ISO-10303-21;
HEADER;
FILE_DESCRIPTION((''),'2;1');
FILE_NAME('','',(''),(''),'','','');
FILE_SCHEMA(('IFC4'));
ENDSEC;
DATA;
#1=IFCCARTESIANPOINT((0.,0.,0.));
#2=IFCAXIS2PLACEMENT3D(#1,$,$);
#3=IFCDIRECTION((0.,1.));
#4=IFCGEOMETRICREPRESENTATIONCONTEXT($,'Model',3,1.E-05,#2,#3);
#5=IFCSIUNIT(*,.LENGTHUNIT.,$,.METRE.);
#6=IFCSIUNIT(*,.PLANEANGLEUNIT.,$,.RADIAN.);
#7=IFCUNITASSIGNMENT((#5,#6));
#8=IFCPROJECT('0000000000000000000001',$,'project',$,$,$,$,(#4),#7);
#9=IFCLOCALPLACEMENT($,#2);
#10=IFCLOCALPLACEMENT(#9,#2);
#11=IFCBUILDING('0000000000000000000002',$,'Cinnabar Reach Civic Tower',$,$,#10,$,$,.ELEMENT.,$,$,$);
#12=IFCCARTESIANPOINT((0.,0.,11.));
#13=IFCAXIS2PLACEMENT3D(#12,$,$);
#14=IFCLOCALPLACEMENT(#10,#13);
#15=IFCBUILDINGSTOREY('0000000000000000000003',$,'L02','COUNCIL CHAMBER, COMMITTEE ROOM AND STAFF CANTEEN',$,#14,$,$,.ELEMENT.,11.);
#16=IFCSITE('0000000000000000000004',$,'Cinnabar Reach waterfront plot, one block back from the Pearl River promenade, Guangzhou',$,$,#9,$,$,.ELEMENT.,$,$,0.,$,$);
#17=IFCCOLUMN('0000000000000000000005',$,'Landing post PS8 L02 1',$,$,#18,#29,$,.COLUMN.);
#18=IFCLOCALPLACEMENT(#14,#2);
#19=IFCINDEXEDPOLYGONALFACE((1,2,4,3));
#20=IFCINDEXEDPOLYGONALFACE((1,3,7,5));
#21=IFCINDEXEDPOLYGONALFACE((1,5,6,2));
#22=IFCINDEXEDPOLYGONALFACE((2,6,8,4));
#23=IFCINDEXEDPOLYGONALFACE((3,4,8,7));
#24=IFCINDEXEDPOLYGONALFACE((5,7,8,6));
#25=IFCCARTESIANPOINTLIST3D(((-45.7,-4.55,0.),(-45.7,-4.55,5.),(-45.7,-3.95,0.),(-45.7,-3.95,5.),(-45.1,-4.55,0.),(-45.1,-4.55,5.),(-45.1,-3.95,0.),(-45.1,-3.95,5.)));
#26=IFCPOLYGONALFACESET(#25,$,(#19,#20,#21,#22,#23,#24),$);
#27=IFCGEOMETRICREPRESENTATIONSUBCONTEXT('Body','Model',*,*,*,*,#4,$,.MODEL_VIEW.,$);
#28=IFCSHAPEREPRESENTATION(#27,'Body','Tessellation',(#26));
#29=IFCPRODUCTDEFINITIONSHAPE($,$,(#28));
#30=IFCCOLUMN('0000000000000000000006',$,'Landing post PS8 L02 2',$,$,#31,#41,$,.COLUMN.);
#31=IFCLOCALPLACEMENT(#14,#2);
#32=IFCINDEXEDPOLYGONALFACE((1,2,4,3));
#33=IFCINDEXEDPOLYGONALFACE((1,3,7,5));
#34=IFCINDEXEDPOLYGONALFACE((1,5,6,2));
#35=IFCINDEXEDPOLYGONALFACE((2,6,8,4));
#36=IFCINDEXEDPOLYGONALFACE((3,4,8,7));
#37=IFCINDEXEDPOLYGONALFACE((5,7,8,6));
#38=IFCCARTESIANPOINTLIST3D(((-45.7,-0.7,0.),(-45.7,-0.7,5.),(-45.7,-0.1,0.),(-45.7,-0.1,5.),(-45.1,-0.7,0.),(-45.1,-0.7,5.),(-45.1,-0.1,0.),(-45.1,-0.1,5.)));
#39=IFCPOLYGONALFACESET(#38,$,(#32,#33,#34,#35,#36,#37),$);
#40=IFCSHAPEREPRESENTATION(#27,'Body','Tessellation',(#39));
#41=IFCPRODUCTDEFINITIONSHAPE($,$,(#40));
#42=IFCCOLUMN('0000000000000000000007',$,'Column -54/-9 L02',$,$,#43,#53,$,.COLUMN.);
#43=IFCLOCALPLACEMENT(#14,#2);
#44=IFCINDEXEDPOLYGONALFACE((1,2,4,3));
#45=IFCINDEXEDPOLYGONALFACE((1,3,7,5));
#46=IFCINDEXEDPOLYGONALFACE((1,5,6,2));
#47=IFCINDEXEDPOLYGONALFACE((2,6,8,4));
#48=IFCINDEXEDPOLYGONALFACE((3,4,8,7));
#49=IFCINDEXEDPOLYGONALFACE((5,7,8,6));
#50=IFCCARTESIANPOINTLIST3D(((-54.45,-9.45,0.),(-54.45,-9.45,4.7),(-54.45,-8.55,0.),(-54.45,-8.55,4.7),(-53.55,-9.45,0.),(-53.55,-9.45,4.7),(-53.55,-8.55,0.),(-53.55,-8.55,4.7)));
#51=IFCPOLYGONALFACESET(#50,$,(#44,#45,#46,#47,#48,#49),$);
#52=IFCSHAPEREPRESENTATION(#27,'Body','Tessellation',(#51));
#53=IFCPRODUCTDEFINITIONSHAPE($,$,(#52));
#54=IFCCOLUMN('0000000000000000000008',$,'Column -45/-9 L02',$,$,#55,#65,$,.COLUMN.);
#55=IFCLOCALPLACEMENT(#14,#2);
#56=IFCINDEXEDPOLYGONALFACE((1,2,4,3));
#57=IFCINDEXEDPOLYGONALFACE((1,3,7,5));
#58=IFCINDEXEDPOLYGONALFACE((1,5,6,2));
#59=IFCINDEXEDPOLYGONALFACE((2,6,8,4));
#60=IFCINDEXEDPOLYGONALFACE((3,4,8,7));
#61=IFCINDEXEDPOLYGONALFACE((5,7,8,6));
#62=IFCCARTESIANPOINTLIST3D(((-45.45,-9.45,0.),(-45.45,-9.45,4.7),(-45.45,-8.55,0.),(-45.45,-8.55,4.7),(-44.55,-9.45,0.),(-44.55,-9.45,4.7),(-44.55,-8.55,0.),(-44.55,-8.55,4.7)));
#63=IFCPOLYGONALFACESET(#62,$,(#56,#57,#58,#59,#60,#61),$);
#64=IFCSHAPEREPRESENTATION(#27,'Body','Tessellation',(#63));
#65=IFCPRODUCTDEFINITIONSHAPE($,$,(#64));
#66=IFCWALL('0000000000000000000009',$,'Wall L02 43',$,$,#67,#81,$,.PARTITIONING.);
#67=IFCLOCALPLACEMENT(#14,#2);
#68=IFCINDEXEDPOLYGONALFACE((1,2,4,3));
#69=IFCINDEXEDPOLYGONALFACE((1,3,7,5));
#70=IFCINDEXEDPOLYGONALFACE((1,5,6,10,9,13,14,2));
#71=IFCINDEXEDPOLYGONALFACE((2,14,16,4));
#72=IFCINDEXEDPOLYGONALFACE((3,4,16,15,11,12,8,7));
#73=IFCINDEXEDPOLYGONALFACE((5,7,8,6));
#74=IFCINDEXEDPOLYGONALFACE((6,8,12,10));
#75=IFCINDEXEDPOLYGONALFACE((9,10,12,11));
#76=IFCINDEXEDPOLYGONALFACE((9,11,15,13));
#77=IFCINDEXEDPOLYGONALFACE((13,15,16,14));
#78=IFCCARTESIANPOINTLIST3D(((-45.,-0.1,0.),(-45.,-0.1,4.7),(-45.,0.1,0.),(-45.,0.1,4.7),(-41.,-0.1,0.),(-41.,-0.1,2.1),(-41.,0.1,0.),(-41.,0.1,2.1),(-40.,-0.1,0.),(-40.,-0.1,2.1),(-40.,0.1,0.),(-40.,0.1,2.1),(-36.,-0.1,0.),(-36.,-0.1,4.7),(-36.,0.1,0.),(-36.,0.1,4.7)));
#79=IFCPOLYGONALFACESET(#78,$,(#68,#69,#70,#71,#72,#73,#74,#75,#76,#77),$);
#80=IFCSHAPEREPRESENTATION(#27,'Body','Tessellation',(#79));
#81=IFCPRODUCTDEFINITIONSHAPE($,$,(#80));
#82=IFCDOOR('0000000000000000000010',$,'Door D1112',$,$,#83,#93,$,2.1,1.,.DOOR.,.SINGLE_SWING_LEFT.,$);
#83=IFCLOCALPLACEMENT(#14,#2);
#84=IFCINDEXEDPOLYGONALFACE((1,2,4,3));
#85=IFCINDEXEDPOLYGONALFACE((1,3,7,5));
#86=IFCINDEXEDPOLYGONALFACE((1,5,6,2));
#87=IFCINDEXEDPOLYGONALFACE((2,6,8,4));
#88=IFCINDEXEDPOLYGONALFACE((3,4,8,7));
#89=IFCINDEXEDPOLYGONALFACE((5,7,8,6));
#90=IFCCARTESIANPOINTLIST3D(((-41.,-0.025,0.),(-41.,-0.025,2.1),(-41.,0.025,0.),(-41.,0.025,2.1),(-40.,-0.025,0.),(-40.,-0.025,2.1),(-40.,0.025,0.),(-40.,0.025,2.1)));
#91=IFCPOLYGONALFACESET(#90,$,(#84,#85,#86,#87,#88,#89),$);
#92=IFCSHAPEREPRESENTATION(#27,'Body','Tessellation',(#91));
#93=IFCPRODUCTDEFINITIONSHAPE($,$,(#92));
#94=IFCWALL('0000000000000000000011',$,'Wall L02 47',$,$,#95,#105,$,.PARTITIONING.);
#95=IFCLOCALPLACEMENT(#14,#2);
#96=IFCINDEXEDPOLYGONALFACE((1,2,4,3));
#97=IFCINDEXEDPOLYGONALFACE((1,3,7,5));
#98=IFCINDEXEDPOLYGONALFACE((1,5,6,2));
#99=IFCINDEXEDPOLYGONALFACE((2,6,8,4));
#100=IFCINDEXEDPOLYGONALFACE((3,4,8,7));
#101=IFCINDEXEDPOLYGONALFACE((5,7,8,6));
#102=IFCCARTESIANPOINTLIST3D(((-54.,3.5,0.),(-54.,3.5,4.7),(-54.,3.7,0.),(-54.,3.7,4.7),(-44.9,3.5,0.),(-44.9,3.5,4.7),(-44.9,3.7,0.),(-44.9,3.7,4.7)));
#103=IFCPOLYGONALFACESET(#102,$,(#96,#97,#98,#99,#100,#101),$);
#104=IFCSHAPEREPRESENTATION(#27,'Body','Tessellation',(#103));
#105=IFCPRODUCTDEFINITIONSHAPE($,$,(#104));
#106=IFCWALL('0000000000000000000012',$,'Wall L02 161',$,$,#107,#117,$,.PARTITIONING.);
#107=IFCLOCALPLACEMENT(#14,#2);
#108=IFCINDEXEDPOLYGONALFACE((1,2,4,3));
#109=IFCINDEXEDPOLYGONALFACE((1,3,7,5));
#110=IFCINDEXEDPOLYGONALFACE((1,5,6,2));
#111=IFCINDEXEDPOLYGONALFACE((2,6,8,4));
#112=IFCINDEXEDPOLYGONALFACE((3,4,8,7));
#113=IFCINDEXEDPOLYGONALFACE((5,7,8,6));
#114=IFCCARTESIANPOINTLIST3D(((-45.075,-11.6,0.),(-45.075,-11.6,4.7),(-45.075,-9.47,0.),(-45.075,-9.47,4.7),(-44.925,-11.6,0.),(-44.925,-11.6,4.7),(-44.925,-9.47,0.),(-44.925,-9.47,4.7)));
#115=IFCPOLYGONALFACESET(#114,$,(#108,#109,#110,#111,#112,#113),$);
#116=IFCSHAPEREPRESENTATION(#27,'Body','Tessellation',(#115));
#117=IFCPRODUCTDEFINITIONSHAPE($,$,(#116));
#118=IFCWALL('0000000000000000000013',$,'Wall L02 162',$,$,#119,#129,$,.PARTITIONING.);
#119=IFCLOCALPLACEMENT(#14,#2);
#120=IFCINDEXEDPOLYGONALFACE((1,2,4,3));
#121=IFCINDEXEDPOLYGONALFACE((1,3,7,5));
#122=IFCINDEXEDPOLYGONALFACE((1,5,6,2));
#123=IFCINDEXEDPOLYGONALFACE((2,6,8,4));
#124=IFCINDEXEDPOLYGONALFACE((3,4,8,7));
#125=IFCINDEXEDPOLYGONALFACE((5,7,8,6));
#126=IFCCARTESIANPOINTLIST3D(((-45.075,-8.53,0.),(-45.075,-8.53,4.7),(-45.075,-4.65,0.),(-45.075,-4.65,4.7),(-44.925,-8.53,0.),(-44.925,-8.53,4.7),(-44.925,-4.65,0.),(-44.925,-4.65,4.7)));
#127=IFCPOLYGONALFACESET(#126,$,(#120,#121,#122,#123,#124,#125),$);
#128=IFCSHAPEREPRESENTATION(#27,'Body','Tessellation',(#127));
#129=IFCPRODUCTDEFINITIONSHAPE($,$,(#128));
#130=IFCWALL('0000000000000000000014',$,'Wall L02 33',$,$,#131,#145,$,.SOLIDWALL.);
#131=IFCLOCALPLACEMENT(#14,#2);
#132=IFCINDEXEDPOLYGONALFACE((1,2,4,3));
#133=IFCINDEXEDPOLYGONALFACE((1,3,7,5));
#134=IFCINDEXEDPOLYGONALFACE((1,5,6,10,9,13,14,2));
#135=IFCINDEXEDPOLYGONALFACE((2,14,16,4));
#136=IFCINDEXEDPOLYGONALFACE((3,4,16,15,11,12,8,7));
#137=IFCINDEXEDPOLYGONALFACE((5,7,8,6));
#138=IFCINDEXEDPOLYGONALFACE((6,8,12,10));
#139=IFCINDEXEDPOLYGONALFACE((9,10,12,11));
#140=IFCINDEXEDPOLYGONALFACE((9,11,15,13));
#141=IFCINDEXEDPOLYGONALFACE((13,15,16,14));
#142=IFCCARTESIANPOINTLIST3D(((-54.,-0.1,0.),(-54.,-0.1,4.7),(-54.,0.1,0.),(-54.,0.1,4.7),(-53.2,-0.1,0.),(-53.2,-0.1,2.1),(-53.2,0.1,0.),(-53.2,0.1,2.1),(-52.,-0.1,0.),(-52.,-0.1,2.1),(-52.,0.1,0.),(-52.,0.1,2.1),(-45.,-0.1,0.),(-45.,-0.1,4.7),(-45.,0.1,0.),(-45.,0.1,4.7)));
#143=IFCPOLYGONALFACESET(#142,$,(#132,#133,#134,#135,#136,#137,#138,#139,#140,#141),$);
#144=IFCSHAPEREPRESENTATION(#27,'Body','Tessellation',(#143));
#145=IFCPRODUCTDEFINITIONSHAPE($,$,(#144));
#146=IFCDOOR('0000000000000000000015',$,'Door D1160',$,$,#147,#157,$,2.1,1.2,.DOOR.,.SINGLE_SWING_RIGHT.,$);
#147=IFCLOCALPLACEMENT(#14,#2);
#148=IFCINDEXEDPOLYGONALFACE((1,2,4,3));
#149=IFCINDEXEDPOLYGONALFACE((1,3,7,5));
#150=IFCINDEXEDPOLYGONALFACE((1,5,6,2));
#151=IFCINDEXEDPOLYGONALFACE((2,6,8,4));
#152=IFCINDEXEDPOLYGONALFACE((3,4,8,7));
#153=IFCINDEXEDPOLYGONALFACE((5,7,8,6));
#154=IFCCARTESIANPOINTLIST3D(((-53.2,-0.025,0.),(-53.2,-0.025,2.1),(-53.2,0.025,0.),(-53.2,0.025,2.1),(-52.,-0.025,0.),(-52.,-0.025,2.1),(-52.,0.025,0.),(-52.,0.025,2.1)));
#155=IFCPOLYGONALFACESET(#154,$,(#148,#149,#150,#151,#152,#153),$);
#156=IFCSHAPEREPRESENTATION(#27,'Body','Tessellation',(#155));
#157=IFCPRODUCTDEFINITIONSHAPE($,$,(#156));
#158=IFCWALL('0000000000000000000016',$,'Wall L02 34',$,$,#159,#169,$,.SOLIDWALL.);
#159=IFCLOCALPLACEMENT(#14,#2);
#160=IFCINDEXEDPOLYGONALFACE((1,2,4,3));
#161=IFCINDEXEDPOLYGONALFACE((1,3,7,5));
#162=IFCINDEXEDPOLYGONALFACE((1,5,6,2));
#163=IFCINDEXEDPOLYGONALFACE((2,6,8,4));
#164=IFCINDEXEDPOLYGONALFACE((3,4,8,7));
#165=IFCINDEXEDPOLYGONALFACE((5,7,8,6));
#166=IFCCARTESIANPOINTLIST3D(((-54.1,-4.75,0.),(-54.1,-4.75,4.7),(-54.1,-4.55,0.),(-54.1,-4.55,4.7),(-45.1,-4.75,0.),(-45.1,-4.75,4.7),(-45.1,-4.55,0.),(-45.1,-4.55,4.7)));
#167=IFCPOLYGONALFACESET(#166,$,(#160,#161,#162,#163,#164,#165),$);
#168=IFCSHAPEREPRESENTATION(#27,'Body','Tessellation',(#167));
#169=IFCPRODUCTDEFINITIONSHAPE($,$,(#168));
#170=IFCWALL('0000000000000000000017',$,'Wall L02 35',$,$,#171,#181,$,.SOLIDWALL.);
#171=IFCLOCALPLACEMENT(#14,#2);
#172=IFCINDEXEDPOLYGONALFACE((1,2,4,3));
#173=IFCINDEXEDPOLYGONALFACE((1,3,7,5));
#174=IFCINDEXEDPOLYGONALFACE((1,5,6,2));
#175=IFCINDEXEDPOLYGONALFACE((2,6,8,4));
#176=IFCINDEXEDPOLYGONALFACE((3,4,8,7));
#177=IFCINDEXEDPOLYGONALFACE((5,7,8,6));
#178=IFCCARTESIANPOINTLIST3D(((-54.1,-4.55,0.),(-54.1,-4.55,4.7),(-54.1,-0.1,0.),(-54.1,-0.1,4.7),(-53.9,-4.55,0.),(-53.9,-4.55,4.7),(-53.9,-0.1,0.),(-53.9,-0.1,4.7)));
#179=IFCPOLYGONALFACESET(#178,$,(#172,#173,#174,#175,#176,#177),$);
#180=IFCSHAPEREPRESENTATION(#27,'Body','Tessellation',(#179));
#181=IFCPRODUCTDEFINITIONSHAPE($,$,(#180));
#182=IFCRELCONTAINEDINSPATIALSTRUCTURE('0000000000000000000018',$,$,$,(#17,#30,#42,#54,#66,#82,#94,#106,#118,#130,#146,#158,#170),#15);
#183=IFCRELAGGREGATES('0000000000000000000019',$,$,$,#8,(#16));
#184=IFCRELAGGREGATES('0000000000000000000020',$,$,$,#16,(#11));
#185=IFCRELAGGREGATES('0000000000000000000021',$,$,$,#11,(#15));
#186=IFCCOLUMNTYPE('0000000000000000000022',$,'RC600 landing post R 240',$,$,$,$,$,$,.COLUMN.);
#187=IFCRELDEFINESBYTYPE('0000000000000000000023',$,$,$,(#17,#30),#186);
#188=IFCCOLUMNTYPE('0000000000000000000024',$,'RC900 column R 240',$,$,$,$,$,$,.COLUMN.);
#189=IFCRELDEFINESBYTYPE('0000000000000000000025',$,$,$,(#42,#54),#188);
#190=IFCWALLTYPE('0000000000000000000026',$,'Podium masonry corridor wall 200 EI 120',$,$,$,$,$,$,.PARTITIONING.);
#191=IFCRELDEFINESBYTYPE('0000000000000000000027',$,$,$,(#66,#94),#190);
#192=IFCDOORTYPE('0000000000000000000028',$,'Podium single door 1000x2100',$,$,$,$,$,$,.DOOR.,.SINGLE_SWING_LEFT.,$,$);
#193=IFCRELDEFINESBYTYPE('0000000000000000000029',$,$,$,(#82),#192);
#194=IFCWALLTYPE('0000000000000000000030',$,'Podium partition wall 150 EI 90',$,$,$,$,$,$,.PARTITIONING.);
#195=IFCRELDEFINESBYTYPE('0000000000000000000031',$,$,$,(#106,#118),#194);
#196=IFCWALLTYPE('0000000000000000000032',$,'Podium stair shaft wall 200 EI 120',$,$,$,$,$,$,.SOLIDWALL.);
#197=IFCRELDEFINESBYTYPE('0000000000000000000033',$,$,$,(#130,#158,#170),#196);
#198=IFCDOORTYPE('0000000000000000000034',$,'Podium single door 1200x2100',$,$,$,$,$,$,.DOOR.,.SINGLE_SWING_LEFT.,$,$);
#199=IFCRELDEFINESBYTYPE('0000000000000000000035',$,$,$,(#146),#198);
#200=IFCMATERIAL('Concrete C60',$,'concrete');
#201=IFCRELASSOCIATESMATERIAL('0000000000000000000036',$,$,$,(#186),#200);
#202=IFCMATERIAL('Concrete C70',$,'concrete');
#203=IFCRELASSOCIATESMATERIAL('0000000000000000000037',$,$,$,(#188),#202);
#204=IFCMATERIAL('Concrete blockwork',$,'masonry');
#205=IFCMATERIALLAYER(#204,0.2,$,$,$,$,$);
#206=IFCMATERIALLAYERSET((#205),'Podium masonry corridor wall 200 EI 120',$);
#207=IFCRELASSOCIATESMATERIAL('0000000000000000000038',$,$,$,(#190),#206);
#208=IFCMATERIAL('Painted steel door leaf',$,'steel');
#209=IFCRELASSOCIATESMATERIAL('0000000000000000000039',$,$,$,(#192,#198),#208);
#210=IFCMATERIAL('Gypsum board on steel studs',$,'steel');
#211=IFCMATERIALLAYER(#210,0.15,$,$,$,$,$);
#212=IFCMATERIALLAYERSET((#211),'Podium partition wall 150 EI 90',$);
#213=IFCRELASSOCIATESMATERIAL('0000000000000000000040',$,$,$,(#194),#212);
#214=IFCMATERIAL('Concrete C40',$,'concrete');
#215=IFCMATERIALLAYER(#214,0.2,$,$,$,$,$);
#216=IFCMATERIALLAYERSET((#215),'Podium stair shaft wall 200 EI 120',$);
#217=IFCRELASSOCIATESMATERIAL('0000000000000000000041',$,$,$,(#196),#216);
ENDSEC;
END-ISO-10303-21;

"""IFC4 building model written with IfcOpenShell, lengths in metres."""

from ifc_helpers import new_model, si_unit, direction, frame, frame_2d, origin, origin_2d, place, context, subcontext, project, spatial, rectangle, extrude, material, layer, layer_set, material_profile, profile_set, type_object, element, fill, save


model = new_model("IFC4")

# Units and contexts
model_context = context("Model", 3, precision=1e-05, world=origin(), true_north=direction((0.0, 1.0)))
body_context = subcontext(model_context, "Body", "Model", "MODEL_VIEW")
ifc_project = project(units=[si_unit("LENGTHUNIT", "METRE"), si_unit("PLANEANGLEUNIT", "RADIAN")], contexts=[model_context])

# Site, building, storey
site_placement = place(None, origin())
site = spatial("IfcSite", under=ifc_project, at=site_placement, Name="Cinnabar Reach waterfront plot, one block back from the Pearl River promenade, Guangzhou", CompositionType="ELEMENT", RefElevation=0.0)
building_placement = place(site_placement, origin())
building = spatial("IfcBuilding", under=site, at=building_placement, Name="Cinnabar Reach Civic Tower", CompositionType="ELEMENT")
storey_placement = place(building_placement, frame((0.0, 0.0, 11.0)))
storey = spatial("IfcBuildingStorey", under=building, at=storey_placement, Name="L02", Description="COUNCIL CHAMBER, COMMITTEE ROOM AND STAFF CANTEEN", CompositionType="ELEMENT", Elevation=11.0)

# Columns
ifc_material_1 = material(Name="Concrete C60", Category="concrete")
ifc_material_profile_1 = material_profile(ifc_material_1, rectangle(XDim=0.6, YDim=0.6, at=origin_2d()), Name="RC600")
ifc_profile_set_1 = profile_set([ifc_material_profile_1], Name="Concrete C60")
column_type_1 = type_object("IfcColumnType", Name="RC600 landing post R 240", PredefinedType="COLUMN", material=ifc_profile_set_1)
for number, where, z_axis, x_axis, name in (
    (1, (-45.4, -4.25, 0.0), (0.0, 0.0, 1.0), (1.0, 0.0, 0.0), "Landing post PS8 L02 1"),
    (2, (-45.4, -0.4, 0.0), (0.0, 0.0, 1.0), (1.0, 0.0, 0.0), "Landing post PS8 L02 2"),
):
    element("IfcColumn", number, at=place(storey_placement, frame(where, z_axis=z_axis, x_axis=x_axis)), inside=storey, type_object=column_type_1, Name=name, PredefinedType="COLUMN", context=body_context, shape_type="SweptSolid", body=[
        extrude(rectangle(XDim=0.6, YDim=0.6, at=origin_2d()), origin(), (0.0, 0.0, 1.0), 5.0),
    ])
ifc_material_2 = material(Name="Concrete C70", Category="concrete")
ifc_material_profile_2 = material_profile(ifc_material_2, rectangle(XDim=0.9, YDim=0.9, at=origin_2d()), Name="RC900")
ifc_profile_set_2 = profile_set([ifc_material_profile_2], Name="Concrete C70")
column_type_2 = type_object("IfcColumnType", Name="RC900 column R 240", PredefinedType="COLUMN", material=ifc_profile_set_2)
for number, where, z_axis, x_axis, name in (
    (3, (-54.0, -9.0, 0.0), (0.0, 0.0, 1.0), (1.0, 0.0, 0.0), "Column -54/-9 L02"),
    (4, (-45.0, -9.0, 0.0), (0.0, 0.0, 1.0), (1.0, 0.0, 0.0), "Column -45/-9 L02"),
):
    element("IfcColumn", number, at=place(storey_placement, frame(where, z_axis=z_axis, x_axis=x_axis)), inside=storey, type_object=column_type_2, Name=name, PredefinedType="COLUMN", context=body_context, shape_type="SweptSolid", body=[
        extrude(rectangle(XDim=0.9, YDim=0.9, at=origin_2d()), origin(), (0.0, 0.0, 1.0), 4.7),
    ])

# Wall, opening, door
ifc_material_3 = material(Name="Concrete blockwork", Category="masonry")
ifc_layer_1 = layer(ifc_material_3, 0.2)
ifc_layer_set_1 = layer_set([ifc_layer_1], Name="Podium masonry corridor wall 200 EI 120")
wall_type_1 = type_object("IfcWallType", Name="Podium masonry corridor wall 200 EI 120", PredefinedType="PARTITIONING", material=ifc_layer_set_1)
wall_1_placement = place(storey_placement, frame((-45.0, 0.0, 0.0), z_axis=(0.0, 0.0, 1.0), x_axis=(1.0, 0.0, 0.0)))
wall_1 = element("IfcWall", 5, at=wall_1_placement, inside=storey, type_object=wall_type_1, Name="Wall L02 43", PredefinedType="PARTITIONING", context=body_context, shape_type="SweptSolid", body=[
    extrude(rectangle(XDim=9.0, YDim=0.2, at=frame_2d((4.5, 0.0))), origin(), (0.0, 0.0, 1.0), 4.7),
])
opening_1_placement = place(wall_1_placement, frame((4.0, 0.0, 0.0)))
opening_1 = element("IfcOpeningElement", 6, at=opening_1_placement, cuts=wall_1, PredefinedType="OPENING", context=body_context, shape_type="SweptSolid", body=[
    extrude(rectangle(XDim=1.0, YDim=2.1, at=frame_2d((0.5, 1.05))), frame((0.0, 0.11, 0.0), z_axis=(0.0, -1.0, 0.0), x_axis=(1.0, 0.0, 0.0)), (0.0, 0.0, 1.0), 0.22),
])
ifc_material_4 = material(Name="Painted steel door leaf", Category="steel")
door_type_1 = type_object("IfcDoorType", Name="Podium single door 1000x2100", OperationType="SINGLE_SWING_LEFT", PredefinedType="DOOR", material=ifc_material_4)
door_1_placement = place(opening_1_placement, frame((1.0, 0.0, 0.0), z_axis=(0.0, 0.0, 1.0), x_axis=(-1.0, 0.0, 0.0)))
door_1 = element("IfcDoor", 7, at=door_1_placement, inside=storey, type_object=door_type_1, Name="Door D1112", OperationType="SINGLE_SWING_LEFT", OverallHeight=2.1, OverallWidth=1.0, PredefinedType="DOOR", context=body_context, shape_type="SweptSolid", body=[
    extrude(rectangle(XDim=1.0, YDim=2.1, at=frame_2d((0.5, 1.05))), frame((0.0, 0.025, 0.0), z_axis=(0.0, -1.0, 0.0), x_axis=(1.0, 0.0, 0.0)), (0.0, 0.0, 1.0), 0.05),
])
fill(opening_1, door_1)

# Walls
wall_2_placement = place(storey_placement, frame((-54.0, 3.6, 0.0), z_axis=(0.0, 0.0, 1.0), x_axis=(1.0, 0.0, 0.0)))
element("IfcWall", 8, at=wall_2_placement, inside=storey, type_object=wall_type_1, Name="Wall L02 47", PredefinedType="PARTITIONING", context=body_context, shape_type="SweptSolid", body=[
    extrude(rectangle(XDim=9.1, YDim=0.2, at=frame_2d((4.55, 0.0))), origin(), (0.0, 0.0, 1.0), 4.7),
])
ifc_material_5 = material(Name="Gypsum board on steel studs", Category="steel")
ifc_layer_2 = layer(ifc_material_5, 0.15)
ifc_layer_set_2 = layer_set([ifc_layer_2], Name="Podium partition wall 150 EI 90")
wall_type_2 = type_object("IfcWallType", Name="Podium partition wall 150 EI 90", PredefinedType="PARTITIONING", material=ifc_layer_set_2)
wall_3_placement = place(storey_placement, frame((-45.0, -11.6, 0.0), z_axis=(0.0, 0.0, 1.0), x_axis=(0.0, 1.0, 0.0)))
element("IfcWall", 9, at=wall_3_placement, inside=storey, type_object=wall_type_2, Name="Wall L02 161", PredefinedType="PARTITIONING", context=body_context, shape_type="SweptSolid", body=[
    extrude(rectangle(XDim=2.13, YDim=0.15, at=frame_2d((1.065, 0.0))), origin(), (0.0, 0.0, 1.0), 4.7),
])
wall_4_placement = place(storey_placement, frame((-45.0, -8.53, 0.0), z_axis=(0.0, 0.0, 1.0), x_axis=(0.0, 1.0, 0.0)))
element("IfcWall", 10, at=wall_4_placement, inside=storey, type_object=wall_type_2, Name="Wall L02 162", PredefinedType="PARTITIONING", context=body_context, shape_type="SweptSolid", body=[
    extrude(rectangle(XDim=3.88, YDim=0.15, at=frame_2d((1.94, 0.0))), origin(), (0.0, 0.0, 1.0), 4.7),
])

# Wall, opening, door
ifc_material_6 = material(Name="Concrete C40", Category="concrete")
ifc_layer_3 = layer(ifc_material_6, 0.2)
ifc_layer_set_3 = layer_set([ifc_layer_3], Name="Podium stair shaft wall 200 EI 120")
wall_type_3 = type_object("IfcWallType", Name="Podium stair shaft wall 200 EI 120", PredefinedType="SOLIDWALL", material=ifc_layer_set_3)
wall_5_placement = place(storey_placement, frame((-54.0, 0.0, 0.0), z_axis=(0.0, 0.0, 1.0), x_axis=(1.0, 0.0, 0.0)))
wall_5 = element("IfcWall", 11, at=wall_5_placement, inside=storey, type_object=wall_type_3, Name="Wall L02 33", PredefinedType="SOLIDWALL", context=body_context, shape_type="SweptSolid", body=[
    extrude(rectangle(XDim=9.0, YDim=0.2, at=frame_2d((4.5, 0.0))), origin(), (0.0, 0.0, 1.0), 4.7),
])
opening_2_placement = place(wall_5_placement, frame((0.8, 0.0, 0.0)))
opening_2 = element("IfcOpeningElement", 12, at=opening_2_placement, cuts=wall_5, PredefinedType="OPENING", context=body_context, shape_type="SweptSolid", body=[
    extrude(rectangle(XDim=1.2, YDim=2.1, at=frame_2d((0.6, 1.05))), frame((0.0, 0.11, 0.0), z_axis=(0.0, -1.0, 0.0), x_axis=(1.0, 0.0, 0.0)), (0.0, 0.0, 1.0), 0.22),
])
door_type_2 = type_object("IfcDoorType", Name="Podium single door 1200x2100", OperationType="SINGLE_SWING_LEFT", PredefinedType="DOOR", material=ifc_material_4)
door_2_placement = place(opening_2_placement, frame((1.2, 0.0, 0.0), z_axis=(0.0, 0.0, 1.0), x_axis=(-1.0, 0.0, 0.0)))
door_2 = element("IfcDoor", 13, at=door_2_placement, inside=storey, type_object=door_type_2, Name="Door D1160", OperationType="SINGLE_SWING_RIGHT", OverallHeight=2.1, OverallWidth=1.2, PredefinedType="DOOR", context=body_context, shape_type="SweptSolid", body=[
    extrude(rectangle(XDim=1.2, YDim=2.1, at=frame_2d((0.6, 1.05))), frame((0.0, 0.025, 0.0), z_axis=(0.0, -1.0, 0.0), x_axis=(1.0, 0.0, 0.0)), (0.0, 0.0, 1.0), 0.05),
])
fill(opening_2, door_2)

# Walls
wall_6_placement = place(storey_placement, frame((-54.1, -4.65, 0.0), z_axis=(0.0, 0.0, 1.0), x_axis=(1.0, 0.0, 0.0)))
element("IfcWall", 14, at=wall_6_placement, inside=storey, type_object=wall_type_3, Name="Wall L02 34", PredefinedType="SOLIDWALL", context=body_context, shape_type="SweptSolid", body=[
    extrude(rectangle(XDim=9.0, YDim=0.2, at=frame_2d((4.5, 0.0))), origin(), (0.0, 0.0, 1.0), 4.7),
])
wall_7_placement = place(storey_placement, frame((-54.0, -4.55, 0.0), z_axis=(0.0, 0.0, 1.0), x_axis=(0.0, 1.0, 0.0)))
element("IfcWall", 15, at=wall_7_placement, inside=storey, type_object=wall_type_3, Name="Wall L02 35", PredefinedType="SOLIDWALL", context=body_context, shape_type="SweptSolid", body=[
    extrude(rectangle(XDim=4.45, YDim=0.2, at=frame_2d((2.225, 0.0))), origin(), (0.0, 0.0, 1.0), 4.7),
])

save(model, "model.ifc")
